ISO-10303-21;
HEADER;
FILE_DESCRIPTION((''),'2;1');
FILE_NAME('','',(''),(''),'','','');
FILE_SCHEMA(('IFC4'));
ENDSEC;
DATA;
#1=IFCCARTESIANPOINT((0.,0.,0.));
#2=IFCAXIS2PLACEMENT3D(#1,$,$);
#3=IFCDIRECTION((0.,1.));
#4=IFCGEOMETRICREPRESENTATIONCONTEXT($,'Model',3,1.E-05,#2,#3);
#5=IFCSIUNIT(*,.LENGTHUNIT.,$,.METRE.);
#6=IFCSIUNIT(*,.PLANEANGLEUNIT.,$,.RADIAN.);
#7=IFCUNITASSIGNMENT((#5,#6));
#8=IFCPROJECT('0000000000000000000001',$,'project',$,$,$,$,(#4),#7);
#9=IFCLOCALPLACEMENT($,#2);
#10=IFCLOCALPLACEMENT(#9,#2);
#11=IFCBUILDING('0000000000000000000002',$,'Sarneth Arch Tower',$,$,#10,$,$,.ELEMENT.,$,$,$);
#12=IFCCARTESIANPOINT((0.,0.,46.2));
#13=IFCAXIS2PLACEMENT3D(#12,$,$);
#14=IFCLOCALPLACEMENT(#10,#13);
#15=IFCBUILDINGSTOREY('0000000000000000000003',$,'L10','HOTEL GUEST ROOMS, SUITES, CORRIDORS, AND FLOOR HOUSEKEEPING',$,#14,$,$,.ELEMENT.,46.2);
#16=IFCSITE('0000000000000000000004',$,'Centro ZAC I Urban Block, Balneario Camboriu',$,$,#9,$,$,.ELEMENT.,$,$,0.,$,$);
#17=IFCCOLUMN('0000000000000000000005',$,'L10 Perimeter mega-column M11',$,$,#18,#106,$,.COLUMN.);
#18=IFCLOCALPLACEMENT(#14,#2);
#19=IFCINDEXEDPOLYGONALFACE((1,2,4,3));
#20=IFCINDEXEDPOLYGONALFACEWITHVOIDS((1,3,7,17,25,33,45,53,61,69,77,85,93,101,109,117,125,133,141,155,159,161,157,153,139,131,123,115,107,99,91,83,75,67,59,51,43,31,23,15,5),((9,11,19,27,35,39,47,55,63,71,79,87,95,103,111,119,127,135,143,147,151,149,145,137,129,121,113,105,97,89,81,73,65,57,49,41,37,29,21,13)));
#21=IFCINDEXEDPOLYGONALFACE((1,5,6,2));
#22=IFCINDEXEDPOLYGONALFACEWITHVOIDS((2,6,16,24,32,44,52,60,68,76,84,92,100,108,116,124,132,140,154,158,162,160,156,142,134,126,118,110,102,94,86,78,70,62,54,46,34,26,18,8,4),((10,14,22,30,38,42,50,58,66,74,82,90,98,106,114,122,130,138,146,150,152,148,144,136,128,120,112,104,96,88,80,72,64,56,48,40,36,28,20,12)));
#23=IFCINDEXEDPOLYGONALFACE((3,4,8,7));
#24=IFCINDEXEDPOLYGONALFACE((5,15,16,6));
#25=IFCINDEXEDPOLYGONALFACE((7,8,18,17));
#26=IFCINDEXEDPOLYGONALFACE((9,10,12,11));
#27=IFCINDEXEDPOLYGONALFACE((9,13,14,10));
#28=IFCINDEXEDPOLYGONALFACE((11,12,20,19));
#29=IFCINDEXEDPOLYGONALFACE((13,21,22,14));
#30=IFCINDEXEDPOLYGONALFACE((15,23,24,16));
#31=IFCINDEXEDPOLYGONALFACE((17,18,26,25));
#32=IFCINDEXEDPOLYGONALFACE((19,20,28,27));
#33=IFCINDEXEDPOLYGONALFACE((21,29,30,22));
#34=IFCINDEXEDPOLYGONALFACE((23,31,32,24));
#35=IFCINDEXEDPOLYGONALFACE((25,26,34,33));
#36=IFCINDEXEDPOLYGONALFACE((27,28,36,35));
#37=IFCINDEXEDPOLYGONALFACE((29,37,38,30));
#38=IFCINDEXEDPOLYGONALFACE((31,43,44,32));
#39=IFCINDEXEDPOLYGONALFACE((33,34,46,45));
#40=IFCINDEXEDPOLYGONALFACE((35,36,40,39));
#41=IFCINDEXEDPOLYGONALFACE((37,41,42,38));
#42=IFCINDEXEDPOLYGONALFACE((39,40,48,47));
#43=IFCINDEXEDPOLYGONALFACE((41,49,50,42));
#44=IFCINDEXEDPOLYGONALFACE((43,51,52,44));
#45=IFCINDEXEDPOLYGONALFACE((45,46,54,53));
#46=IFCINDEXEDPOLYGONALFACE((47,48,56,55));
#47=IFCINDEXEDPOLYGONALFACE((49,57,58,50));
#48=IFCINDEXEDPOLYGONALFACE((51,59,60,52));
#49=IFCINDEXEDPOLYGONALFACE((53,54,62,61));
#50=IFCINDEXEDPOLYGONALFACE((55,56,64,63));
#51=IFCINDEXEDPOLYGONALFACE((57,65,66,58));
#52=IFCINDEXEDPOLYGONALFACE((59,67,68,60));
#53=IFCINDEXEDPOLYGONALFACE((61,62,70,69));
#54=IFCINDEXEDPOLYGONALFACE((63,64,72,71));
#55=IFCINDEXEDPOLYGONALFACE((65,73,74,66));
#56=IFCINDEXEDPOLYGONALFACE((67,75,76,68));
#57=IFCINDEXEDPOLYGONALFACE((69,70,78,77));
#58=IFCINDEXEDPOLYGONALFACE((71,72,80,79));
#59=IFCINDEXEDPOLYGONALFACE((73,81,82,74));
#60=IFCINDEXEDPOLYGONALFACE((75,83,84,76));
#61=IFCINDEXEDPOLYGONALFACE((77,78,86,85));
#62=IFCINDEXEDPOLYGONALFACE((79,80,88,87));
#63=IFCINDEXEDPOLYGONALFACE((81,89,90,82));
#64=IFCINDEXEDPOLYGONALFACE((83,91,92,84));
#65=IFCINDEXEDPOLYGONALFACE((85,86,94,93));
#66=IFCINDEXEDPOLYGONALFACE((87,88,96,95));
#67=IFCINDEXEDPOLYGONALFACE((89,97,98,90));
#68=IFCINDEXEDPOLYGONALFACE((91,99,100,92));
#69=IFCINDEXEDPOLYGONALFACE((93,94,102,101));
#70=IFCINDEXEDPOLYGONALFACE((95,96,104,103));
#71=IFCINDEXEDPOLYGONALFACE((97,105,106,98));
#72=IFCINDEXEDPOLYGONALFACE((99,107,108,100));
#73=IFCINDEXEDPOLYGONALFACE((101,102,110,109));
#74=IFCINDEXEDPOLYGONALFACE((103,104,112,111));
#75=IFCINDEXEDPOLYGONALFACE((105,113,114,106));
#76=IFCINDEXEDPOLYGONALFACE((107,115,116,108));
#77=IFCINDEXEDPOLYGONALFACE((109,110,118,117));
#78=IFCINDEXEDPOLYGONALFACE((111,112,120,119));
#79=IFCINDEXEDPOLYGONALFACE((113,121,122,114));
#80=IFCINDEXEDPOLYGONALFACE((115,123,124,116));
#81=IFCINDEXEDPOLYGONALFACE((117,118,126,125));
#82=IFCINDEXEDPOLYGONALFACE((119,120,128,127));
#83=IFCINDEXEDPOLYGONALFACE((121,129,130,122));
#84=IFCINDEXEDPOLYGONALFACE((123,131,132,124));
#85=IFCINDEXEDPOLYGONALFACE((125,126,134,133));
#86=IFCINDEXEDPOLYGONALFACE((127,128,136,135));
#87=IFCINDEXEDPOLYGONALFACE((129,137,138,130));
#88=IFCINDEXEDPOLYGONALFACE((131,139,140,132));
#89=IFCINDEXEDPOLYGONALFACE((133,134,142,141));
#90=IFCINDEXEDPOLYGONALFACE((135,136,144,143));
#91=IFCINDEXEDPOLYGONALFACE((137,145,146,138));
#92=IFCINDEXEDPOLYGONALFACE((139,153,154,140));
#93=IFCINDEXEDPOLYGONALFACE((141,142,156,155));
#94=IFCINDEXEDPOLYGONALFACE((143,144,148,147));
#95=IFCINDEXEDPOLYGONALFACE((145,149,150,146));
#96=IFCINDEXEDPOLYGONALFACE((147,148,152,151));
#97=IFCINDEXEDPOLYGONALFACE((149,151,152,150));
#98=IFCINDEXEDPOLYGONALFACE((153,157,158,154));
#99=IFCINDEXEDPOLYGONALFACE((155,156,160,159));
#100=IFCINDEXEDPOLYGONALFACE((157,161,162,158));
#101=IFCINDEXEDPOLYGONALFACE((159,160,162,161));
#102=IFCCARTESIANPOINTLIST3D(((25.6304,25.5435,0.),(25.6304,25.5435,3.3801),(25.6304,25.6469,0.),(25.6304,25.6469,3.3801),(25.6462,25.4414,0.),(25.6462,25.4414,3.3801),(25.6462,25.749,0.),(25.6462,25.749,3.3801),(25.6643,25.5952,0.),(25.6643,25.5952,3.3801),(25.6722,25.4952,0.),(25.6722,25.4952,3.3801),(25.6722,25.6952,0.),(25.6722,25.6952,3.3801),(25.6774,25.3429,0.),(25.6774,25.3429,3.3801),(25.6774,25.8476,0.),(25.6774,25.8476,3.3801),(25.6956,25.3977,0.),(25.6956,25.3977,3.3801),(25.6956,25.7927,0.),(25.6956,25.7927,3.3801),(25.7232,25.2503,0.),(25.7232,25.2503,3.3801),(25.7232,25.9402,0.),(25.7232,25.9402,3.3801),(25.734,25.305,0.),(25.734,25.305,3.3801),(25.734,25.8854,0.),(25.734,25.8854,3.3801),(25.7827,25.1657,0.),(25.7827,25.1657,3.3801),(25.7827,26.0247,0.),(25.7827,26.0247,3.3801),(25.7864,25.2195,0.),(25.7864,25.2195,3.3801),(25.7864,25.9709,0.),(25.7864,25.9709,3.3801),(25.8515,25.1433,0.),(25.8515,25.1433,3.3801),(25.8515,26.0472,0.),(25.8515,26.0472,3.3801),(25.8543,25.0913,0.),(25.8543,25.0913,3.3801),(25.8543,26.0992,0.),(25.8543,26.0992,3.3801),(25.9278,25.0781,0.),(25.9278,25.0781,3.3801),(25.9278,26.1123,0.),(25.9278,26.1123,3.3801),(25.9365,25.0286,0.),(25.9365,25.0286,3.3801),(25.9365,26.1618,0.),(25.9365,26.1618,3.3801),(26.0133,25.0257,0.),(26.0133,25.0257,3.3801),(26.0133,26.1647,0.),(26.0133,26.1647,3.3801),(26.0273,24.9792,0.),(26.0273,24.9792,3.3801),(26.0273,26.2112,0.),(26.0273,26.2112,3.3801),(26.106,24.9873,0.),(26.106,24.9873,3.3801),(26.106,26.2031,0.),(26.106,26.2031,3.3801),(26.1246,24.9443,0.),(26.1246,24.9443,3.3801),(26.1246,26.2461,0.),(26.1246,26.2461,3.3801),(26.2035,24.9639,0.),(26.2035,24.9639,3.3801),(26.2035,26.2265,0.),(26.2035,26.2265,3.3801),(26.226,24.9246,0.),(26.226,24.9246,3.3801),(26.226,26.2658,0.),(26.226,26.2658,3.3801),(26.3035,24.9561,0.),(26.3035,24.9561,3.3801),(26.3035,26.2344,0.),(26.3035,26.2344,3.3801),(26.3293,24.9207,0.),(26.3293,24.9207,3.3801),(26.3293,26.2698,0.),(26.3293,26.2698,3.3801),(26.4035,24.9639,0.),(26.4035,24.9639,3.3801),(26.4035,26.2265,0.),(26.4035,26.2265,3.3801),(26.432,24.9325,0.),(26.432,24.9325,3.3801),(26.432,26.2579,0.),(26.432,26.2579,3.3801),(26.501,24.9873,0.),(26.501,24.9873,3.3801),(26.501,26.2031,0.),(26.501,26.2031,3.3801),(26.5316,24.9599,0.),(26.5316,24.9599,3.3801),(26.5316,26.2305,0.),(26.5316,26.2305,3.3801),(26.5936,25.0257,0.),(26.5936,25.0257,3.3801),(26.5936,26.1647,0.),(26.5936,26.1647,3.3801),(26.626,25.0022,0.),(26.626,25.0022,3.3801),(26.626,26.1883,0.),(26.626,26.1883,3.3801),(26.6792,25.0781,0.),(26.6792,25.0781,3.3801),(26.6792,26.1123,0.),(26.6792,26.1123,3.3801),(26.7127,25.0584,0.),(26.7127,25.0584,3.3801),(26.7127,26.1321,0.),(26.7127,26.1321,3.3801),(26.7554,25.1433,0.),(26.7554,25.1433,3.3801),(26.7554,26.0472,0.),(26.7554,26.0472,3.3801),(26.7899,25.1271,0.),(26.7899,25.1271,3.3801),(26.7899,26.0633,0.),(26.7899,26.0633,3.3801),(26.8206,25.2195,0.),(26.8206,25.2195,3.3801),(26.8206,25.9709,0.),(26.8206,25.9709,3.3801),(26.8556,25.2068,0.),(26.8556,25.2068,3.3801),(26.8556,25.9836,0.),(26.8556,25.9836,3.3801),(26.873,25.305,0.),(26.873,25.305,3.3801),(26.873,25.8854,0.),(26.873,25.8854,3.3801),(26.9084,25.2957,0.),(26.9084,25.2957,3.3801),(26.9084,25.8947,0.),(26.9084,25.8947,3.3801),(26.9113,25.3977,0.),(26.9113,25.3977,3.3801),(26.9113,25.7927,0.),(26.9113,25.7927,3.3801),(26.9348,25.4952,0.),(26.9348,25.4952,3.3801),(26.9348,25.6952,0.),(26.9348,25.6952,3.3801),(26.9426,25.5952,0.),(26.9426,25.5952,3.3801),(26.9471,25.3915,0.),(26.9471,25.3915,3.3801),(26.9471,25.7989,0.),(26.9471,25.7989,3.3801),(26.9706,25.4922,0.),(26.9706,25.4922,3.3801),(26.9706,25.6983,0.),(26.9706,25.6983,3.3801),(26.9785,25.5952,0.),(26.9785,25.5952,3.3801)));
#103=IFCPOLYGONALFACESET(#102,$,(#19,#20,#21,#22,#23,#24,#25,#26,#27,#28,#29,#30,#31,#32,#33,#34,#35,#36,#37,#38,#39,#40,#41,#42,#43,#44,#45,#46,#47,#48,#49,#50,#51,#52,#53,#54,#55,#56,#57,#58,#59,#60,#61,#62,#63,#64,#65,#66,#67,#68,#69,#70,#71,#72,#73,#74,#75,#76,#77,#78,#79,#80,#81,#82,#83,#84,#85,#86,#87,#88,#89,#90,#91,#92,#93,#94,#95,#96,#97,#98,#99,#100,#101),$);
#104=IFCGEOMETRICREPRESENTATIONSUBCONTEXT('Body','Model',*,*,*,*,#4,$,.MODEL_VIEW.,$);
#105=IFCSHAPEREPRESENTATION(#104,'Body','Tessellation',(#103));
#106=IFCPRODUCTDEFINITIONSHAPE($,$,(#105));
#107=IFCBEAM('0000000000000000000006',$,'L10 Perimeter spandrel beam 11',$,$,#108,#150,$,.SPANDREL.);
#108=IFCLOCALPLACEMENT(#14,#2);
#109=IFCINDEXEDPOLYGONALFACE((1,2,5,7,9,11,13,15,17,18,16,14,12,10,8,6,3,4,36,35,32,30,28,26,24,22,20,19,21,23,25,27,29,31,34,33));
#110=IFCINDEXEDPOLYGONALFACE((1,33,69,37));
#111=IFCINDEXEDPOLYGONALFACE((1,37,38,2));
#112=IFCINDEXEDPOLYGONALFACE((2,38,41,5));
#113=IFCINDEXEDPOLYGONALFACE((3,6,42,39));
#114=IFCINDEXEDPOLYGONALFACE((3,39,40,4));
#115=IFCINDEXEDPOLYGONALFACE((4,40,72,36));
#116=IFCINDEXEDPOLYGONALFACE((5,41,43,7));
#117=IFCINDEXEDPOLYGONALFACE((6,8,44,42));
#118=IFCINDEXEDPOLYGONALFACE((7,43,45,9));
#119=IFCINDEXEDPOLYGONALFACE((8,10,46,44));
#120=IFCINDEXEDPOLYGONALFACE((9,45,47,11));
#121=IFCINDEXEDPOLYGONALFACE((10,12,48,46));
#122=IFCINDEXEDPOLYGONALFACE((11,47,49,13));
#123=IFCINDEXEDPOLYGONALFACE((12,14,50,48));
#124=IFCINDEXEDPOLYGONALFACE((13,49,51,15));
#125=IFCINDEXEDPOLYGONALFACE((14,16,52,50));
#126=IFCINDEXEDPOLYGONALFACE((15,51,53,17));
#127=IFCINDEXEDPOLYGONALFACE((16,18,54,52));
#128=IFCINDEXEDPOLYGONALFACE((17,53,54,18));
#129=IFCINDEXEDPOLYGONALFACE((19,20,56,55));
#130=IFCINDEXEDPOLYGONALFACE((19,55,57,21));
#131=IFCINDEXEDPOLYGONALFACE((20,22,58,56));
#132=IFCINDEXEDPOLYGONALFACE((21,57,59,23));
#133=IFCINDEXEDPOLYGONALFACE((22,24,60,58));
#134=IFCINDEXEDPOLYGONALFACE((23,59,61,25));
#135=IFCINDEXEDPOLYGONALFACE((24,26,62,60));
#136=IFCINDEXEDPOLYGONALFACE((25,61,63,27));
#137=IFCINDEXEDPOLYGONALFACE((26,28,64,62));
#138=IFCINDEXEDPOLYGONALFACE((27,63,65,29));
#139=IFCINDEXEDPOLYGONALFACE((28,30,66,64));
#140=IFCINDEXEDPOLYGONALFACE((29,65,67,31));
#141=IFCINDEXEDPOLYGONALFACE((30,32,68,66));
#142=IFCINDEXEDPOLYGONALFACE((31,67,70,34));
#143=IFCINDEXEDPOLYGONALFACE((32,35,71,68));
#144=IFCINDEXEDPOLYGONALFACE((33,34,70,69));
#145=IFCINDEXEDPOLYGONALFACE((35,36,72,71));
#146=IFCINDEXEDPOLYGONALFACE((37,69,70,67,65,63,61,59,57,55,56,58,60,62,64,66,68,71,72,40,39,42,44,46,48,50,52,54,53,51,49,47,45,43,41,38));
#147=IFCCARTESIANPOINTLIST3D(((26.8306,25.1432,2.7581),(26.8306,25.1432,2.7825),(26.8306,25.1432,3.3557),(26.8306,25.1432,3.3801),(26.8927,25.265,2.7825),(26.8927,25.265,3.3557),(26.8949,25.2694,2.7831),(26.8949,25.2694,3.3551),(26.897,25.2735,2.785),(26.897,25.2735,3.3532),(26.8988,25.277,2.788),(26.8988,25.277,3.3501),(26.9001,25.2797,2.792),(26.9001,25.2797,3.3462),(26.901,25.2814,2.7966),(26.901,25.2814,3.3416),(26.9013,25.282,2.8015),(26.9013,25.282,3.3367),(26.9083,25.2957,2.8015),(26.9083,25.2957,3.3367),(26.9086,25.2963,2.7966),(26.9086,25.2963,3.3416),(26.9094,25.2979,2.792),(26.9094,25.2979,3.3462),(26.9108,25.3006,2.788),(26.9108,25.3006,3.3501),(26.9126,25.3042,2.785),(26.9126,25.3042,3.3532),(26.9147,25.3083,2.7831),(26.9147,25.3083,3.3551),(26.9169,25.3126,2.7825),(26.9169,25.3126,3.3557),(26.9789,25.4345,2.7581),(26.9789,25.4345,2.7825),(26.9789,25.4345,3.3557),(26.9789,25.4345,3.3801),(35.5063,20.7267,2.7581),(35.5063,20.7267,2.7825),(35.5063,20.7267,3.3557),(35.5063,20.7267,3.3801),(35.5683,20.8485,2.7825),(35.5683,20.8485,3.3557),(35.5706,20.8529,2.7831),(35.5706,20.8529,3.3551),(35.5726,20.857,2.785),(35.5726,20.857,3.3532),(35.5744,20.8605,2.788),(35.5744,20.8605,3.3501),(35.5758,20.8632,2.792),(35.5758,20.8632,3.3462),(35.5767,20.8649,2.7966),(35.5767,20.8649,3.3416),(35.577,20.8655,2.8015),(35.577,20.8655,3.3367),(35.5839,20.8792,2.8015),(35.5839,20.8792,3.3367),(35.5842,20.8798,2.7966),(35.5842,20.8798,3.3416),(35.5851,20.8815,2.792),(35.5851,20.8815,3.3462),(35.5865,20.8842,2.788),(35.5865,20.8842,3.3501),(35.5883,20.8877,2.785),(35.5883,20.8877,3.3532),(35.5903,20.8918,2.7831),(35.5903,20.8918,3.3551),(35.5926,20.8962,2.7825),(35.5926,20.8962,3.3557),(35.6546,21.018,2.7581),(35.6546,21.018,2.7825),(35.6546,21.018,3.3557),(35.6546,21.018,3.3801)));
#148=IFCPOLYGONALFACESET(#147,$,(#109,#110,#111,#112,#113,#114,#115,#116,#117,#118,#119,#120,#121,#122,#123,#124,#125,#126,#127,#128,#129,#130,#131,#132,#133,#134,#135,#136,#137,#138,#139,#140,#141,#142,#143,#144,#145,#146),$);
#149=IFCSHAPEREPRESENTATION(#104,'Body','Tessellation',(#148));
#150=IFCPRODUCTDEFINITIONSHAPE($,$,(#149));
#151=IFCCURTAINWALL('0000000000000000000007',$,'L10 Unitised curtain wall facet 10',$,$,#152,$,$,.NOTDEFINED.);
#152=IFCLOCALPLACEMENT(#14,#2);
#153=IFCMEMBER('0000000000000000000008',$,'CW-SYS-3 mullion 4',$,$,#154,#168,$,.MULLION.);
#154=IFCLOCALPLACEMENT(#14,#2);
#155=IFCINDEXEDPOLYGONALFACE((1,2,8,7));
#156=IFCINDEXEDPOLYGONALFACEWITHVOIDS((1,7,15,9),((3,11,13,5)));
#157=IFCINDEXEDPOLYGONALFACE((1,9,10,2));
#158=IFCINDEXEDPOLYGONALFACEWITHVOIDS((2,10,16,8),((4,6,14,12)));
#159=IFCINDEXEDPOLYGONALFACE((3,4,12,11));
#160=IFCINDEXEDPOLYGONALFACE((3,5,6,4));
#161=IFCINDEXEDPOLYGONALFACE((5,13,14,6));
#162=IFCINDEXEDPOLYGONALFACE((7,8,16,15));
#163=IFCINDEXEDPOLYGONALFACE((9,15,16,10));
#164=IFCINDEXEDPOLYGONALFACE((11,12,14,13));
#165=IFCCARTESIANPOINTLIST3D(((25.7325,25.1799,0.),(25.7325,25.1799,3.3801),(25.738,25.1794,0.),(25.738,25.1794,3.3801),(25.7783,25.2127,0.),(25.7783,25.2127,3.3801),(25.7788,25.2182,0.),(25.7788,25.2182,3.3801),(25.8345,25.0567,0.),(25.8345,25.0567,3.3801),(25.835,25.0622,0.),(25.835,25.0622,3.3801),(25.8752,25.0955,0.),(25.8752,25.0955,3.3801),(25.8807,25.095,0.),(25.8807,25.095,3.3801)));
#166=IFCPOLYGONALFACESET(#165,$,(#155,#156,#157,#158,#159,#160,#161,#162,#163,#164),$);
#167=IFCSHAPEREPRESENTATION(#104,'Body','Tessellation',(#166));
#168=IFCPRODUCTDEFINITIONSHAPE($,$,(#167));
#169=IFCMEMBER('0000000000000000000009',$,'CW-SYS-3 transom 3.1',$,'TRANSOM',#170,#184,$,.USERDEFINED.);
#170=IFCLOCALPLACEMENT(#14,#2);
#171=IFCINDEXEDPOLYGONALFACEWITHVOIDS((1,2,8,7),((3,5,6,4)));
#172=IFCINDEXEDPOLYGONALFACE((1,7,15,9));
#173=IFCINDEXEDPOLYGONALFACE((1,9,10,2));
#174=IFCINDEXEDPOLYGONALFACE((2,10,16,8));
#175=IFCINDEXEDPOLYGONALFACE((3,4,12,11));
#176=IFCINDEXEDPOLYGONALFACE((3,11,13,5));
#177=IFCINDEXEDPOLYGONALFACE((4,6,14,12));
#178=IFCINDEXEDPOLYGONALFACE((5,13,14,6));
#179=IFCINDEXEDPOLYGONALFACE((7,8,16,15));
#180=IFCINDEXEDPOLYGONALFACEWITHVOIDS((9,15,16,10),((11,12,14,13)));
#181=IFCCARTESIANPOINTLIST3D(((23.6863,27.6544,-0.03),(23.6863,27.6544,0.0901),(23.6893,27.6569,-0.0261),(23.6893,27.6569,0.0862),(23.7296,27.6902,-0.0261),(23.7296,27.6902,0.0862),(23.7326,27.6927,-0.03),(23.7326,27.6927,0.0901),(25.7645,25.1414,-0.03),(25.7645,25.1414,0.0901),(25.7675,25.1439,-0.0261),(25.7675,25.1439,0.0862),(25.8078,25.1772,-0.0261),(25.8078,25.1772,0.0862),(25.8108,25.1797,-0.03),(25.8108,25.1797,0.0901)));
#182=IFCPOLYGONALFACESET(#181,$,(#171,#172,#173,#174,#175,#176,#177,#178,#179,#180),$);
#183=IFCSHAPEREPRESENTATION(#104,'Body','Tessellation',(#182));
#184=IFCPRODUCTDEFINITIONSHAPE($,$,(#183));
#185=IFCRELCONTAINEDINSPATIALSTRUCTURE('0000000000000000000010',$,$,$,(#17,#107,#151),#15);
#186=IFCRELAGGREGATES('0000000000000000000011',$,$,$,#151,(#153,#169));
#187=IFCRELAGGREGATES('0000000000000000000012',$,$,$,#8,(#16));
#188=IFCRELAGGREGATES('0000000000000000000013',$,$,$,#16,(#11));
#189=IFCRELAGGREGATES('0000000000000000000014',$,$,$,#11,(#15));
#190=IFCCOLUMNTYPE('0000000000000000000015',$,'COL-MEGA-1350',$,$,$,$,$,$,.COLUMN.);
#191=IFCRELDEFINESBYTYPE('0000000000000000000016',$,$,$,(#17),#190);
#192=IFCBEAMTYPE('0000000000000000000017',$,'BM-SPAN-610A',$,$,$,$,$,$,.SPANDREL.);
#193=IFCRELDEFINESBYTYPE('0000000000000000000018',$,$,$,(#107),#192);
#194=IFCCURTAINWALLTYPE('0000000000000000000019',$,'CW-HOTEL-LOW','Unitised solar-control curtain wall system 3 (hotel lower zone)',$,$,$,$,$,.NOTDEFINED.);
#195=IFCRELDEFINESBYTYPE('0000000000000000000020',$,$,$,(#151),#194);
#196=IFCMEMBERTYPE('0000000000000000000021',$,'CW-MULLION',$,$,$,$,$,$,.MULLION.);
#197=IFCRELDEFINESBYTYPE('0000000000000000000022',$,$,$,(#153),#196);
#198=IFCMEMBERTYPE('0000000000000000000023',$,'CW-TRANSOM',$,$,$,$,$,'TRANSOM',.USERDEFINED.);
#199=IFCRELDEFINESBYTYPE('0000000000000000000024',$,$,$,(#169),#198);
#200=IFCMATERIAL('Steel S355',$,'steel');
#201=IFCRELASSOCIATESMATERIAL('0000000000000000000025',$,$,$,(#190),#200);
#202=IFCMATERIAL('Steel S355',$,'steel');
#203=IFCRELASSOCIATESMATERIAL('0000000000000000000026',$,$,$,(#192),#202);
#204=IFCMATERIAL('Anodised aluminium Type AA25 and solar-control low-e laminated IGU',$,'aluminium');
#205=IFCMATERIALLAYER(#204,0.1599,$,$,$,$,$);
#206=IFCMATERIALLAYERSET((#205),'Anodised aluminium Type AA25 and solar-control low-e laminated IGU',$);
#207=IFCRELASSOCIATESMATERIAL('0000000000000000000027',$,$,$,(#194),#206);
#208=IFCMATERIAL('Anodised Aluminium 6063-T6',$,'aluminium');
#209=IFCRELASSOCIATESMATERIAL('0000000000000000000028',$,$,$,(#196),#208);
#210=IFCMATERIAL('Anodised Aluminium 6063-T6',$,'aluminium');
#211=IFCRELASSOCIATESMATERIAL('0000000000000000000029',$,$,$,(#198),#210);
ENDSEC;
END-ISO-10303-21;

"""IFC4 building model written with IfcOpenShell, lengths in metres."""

from ifc_helpers import new_model, si_unit, direction, frame, origin, origin_2d, place, context, subcontext, project, spatial, hollow_rectangle, hollow_circle, i_section, extrude, material, layer, layer_set, material_profile, profile_set, type_object, element, aggregate, save


model = new_model("IFC4")

# Units and contexts
model_context = context("Model", 3, precision=1e-05, world=origin(), true_north=direction((0.0, 1.0)))
body_context = subcontext(model_context, "Body", "Model", "MODEL_VIEW")
ifc_project = project(units=[si_unit("LENGTHUNIT", "METRE"), si_unit("PLANEANGLEUNIT", "RADIAN")], contexts=[model_context])

# Site, building, storey
site_placement = place(None, origin())
site = spatial("IfcSite", under=ifc_project, at=site_placement, Name="Centro ZAC I Urban Block, Balneario Camboriu", CompositionType="ELEMENT", RefElevation=0.0)
building_placement = place(site_placement, origin())
building = spatial("IfcBuilding", under=site, at=building_placement, Name="Sarneth Arch Tower", CompositionType="ELEMENT")
storey_placement = place(building_placement, frame((0.0, 0.0, 46.2)))
storey = spatial("IfcBuildingStorey", under=building, at=storey_placement, Name="L10", Description="HOTEL GUEST ROOMS, SUITES, CORRIDORS, AND FLOOR HOUSEKEEPING", CompositionType="ELEMENT", Elevation=46.2)

# Column
ifc_material_1 = material(Name="Steel S355", Category="steel")
ifc_material_profile_1 = material_profile(ifc_material_1, hollow_circle(Radius=0.675, WallThickness=0.0359, at=origin_2d()), Name="CHS1350x36")
ifc_profile_set_1 = profile_set([ifc_material_profile_1], Name="Steel S355")
column_type = type_object("IfcColumnType", Name="COL-MEGA-1350", PredefinedType="COLUMN", material=ifc_profile_set_1)
column_placement = place(storey_placement, frame((26.3035, 25.5952, 0.0), z_axis=(0.0, 0.0, 1.0), x_axis=(1.0, 0.0, 0.0)))
element("IfcColumn", 1, at=column_placement, inside=storey, type_object=column_type, Name="L10 Perimeter mega-column M11", PredefinedType="COLUMN", context=body_context, shape_type="SweptSolid", body=[
    extrude(hollow_circle(Radius=0.675, WallThickness=0.0359, at=origin_2d()), origin(), (0.0, 0.0, 1.0), 3.3801),
])

# Beam
ifc_material_2 = material(Name="Steel S355", Category="steel")
ifc_material_profile_2 = material_profile(ifc_material_2, i_section(OverallWidth=0.3269, OverallDepth=0.6221, WebThickness=0.0154, FlangeThickness=0.0244, FilletRadius=0.019, at=origin_2d()), Name="W610x195")
ifc_profile_set_2 = profile_set([ifc_material_profile_2], Name="Steel S355")
beam_type = type_object("IfcBeamType", Name="BM-SPAN-610A", PredefinedType="SPANDREL", material=ifc_profile_set_2)
beam_placement = place(storey_placement, frame((26.9048, 25.2888, 3.0691), z_axis=(0.891174, -0.453662, 0.0), x_axis=(0.453662, 0.891174, 0.0)))
element("IfcBeam", 2, at=beam_placement, inside=storey, type_object=beam_type, Name="L10 Perimeter spandrel beam 11", PredefinedType="SPANDREL", context=body_context, shape_type="SweptSolid", body=[
    extrude(i_section(OverallWidth=0.3269, OverallDepth=0.6221, WebThickness=0.0154, FlangeThickness=0.0244, FilletRadius=0.019, at=origin_2d()), origin(), (0.0, 0.0, 1.0), 9.7351),
])

# Curtain wall, members
ifc_material_3 = material(Name="Anodised aluminium Type AA25 and solar-control low-e laminated IGU", Category="aluminium")
ifc_layer_1 = layer(ifc_material_3, 0.1599)
ifc_layer_set_1 = layer_set([ifc_layer_1], Name="Anodised aluminium Type AA25 and solar-control low-e laminated IGU")
curtain_wall_type = type_object("IfcCurtainWallType", Name="CW-HOTEL-LOW", Description="Unitised solar-control curtain wall system 3 (hotel lower zone)", PredefinedType="NOTDEFINED", material=ifc_layer_set_1)
curtain_wall_placement = place(storey_placement, origin())
curtain_wall = element("IfcCurtainWall", 3, at=curtain_wall_placement, inside=storey, type_object=curtain_wall_type, Name="L10 Unitised curtain wall facet 10", PredefinedType="NOTDEFINED")
ifc_material_4 = material(Name="Anodised Aluminium 6063-T6", Category="aluminium")
ifc_material_profile_3 = material_profile(ifc_material_4, hollow_rectangle(XDim=0.0601, YDim=0.1599, WallThickness=0.0039, at=origin_2d()), Name="AL-MULL-160x60x4")
ifc_profile_set_3 = profile_set([ifc_material_profile_3], Name="Anodised Aluminium 6063-T6")
member_type_1 = type_object("IfcMemberType", Name="CW-MULLION", PredefinedType="MULLION", material=ifc_profile_set_3)
member_1_placement = place(storey_placement, frame((25.8066, 25.1375, 0.0), z_axis=(0.0, 0.0, 1.0), x_axis=(0.770623, 0.637291, 0.0)))
member_1 = element("IfcMember", 4, at=member_1_placement, type_object=member_type_1, Name="CW-SYS-3 mullion 4", PredefinedType="MULLION", context=body_context, shape_type="SweptSolid", body=[
    extrude(hollow_rectangle(XDim=0.0601, YDim=0.1599, WallThickness=0.0039, at=origin_2d()), origin(), (0.0, 0.0, 1.0), 3.3801),
])
ifc_material_5 = material(Name="Anodised Aluminium 6063-T6", Category="aluminium")
ifc_material_profile_4 = material_profile(ifc_material_5, hollow_rectangle(XDim=0.0601, YDim=0.1201, WallThickness=0.0039, at=origin_2d()), Name="AL-TRAN-120x60x4")
ifc_profile_set_4 = profile_set([ifc_material_profile_4], Name="Anodised Aluminium 6063-T6")
member_type_2 = type_object("IfcMemberType", Name="CW-TRANSOM", ElementType="TRANSOM", PredefinedType="USERDEFINED", material=ifc_profile_set_4)
member_2_placement = place(storey_placement, frame((23.7095, 27.6736, 0.03), z_axis=(0.637286, -0.770628, 0.0), x_axis=(0.770628, 0.637286, 0.0)))
member_2 = element("IfcMember", 5, at=member_2_placement, type_object=member_type_2, Name="CW-SYS-3 transom 3.1", ObjectType="TRANSOM", PredefinedType="USERDEFINED", context=body_context, shape_type="SweptSolid", body=[
    extrude(hollow_rectangle(XDim=0.0601, YDim=0.1201, WallThickness=0.0039, at=origin_2d()), origin(), (0.0, 0.0, 1.0), 3.261),
])

aggregate(curtain_wall, [member_1, member_2])

save(model, "model.ifc")
